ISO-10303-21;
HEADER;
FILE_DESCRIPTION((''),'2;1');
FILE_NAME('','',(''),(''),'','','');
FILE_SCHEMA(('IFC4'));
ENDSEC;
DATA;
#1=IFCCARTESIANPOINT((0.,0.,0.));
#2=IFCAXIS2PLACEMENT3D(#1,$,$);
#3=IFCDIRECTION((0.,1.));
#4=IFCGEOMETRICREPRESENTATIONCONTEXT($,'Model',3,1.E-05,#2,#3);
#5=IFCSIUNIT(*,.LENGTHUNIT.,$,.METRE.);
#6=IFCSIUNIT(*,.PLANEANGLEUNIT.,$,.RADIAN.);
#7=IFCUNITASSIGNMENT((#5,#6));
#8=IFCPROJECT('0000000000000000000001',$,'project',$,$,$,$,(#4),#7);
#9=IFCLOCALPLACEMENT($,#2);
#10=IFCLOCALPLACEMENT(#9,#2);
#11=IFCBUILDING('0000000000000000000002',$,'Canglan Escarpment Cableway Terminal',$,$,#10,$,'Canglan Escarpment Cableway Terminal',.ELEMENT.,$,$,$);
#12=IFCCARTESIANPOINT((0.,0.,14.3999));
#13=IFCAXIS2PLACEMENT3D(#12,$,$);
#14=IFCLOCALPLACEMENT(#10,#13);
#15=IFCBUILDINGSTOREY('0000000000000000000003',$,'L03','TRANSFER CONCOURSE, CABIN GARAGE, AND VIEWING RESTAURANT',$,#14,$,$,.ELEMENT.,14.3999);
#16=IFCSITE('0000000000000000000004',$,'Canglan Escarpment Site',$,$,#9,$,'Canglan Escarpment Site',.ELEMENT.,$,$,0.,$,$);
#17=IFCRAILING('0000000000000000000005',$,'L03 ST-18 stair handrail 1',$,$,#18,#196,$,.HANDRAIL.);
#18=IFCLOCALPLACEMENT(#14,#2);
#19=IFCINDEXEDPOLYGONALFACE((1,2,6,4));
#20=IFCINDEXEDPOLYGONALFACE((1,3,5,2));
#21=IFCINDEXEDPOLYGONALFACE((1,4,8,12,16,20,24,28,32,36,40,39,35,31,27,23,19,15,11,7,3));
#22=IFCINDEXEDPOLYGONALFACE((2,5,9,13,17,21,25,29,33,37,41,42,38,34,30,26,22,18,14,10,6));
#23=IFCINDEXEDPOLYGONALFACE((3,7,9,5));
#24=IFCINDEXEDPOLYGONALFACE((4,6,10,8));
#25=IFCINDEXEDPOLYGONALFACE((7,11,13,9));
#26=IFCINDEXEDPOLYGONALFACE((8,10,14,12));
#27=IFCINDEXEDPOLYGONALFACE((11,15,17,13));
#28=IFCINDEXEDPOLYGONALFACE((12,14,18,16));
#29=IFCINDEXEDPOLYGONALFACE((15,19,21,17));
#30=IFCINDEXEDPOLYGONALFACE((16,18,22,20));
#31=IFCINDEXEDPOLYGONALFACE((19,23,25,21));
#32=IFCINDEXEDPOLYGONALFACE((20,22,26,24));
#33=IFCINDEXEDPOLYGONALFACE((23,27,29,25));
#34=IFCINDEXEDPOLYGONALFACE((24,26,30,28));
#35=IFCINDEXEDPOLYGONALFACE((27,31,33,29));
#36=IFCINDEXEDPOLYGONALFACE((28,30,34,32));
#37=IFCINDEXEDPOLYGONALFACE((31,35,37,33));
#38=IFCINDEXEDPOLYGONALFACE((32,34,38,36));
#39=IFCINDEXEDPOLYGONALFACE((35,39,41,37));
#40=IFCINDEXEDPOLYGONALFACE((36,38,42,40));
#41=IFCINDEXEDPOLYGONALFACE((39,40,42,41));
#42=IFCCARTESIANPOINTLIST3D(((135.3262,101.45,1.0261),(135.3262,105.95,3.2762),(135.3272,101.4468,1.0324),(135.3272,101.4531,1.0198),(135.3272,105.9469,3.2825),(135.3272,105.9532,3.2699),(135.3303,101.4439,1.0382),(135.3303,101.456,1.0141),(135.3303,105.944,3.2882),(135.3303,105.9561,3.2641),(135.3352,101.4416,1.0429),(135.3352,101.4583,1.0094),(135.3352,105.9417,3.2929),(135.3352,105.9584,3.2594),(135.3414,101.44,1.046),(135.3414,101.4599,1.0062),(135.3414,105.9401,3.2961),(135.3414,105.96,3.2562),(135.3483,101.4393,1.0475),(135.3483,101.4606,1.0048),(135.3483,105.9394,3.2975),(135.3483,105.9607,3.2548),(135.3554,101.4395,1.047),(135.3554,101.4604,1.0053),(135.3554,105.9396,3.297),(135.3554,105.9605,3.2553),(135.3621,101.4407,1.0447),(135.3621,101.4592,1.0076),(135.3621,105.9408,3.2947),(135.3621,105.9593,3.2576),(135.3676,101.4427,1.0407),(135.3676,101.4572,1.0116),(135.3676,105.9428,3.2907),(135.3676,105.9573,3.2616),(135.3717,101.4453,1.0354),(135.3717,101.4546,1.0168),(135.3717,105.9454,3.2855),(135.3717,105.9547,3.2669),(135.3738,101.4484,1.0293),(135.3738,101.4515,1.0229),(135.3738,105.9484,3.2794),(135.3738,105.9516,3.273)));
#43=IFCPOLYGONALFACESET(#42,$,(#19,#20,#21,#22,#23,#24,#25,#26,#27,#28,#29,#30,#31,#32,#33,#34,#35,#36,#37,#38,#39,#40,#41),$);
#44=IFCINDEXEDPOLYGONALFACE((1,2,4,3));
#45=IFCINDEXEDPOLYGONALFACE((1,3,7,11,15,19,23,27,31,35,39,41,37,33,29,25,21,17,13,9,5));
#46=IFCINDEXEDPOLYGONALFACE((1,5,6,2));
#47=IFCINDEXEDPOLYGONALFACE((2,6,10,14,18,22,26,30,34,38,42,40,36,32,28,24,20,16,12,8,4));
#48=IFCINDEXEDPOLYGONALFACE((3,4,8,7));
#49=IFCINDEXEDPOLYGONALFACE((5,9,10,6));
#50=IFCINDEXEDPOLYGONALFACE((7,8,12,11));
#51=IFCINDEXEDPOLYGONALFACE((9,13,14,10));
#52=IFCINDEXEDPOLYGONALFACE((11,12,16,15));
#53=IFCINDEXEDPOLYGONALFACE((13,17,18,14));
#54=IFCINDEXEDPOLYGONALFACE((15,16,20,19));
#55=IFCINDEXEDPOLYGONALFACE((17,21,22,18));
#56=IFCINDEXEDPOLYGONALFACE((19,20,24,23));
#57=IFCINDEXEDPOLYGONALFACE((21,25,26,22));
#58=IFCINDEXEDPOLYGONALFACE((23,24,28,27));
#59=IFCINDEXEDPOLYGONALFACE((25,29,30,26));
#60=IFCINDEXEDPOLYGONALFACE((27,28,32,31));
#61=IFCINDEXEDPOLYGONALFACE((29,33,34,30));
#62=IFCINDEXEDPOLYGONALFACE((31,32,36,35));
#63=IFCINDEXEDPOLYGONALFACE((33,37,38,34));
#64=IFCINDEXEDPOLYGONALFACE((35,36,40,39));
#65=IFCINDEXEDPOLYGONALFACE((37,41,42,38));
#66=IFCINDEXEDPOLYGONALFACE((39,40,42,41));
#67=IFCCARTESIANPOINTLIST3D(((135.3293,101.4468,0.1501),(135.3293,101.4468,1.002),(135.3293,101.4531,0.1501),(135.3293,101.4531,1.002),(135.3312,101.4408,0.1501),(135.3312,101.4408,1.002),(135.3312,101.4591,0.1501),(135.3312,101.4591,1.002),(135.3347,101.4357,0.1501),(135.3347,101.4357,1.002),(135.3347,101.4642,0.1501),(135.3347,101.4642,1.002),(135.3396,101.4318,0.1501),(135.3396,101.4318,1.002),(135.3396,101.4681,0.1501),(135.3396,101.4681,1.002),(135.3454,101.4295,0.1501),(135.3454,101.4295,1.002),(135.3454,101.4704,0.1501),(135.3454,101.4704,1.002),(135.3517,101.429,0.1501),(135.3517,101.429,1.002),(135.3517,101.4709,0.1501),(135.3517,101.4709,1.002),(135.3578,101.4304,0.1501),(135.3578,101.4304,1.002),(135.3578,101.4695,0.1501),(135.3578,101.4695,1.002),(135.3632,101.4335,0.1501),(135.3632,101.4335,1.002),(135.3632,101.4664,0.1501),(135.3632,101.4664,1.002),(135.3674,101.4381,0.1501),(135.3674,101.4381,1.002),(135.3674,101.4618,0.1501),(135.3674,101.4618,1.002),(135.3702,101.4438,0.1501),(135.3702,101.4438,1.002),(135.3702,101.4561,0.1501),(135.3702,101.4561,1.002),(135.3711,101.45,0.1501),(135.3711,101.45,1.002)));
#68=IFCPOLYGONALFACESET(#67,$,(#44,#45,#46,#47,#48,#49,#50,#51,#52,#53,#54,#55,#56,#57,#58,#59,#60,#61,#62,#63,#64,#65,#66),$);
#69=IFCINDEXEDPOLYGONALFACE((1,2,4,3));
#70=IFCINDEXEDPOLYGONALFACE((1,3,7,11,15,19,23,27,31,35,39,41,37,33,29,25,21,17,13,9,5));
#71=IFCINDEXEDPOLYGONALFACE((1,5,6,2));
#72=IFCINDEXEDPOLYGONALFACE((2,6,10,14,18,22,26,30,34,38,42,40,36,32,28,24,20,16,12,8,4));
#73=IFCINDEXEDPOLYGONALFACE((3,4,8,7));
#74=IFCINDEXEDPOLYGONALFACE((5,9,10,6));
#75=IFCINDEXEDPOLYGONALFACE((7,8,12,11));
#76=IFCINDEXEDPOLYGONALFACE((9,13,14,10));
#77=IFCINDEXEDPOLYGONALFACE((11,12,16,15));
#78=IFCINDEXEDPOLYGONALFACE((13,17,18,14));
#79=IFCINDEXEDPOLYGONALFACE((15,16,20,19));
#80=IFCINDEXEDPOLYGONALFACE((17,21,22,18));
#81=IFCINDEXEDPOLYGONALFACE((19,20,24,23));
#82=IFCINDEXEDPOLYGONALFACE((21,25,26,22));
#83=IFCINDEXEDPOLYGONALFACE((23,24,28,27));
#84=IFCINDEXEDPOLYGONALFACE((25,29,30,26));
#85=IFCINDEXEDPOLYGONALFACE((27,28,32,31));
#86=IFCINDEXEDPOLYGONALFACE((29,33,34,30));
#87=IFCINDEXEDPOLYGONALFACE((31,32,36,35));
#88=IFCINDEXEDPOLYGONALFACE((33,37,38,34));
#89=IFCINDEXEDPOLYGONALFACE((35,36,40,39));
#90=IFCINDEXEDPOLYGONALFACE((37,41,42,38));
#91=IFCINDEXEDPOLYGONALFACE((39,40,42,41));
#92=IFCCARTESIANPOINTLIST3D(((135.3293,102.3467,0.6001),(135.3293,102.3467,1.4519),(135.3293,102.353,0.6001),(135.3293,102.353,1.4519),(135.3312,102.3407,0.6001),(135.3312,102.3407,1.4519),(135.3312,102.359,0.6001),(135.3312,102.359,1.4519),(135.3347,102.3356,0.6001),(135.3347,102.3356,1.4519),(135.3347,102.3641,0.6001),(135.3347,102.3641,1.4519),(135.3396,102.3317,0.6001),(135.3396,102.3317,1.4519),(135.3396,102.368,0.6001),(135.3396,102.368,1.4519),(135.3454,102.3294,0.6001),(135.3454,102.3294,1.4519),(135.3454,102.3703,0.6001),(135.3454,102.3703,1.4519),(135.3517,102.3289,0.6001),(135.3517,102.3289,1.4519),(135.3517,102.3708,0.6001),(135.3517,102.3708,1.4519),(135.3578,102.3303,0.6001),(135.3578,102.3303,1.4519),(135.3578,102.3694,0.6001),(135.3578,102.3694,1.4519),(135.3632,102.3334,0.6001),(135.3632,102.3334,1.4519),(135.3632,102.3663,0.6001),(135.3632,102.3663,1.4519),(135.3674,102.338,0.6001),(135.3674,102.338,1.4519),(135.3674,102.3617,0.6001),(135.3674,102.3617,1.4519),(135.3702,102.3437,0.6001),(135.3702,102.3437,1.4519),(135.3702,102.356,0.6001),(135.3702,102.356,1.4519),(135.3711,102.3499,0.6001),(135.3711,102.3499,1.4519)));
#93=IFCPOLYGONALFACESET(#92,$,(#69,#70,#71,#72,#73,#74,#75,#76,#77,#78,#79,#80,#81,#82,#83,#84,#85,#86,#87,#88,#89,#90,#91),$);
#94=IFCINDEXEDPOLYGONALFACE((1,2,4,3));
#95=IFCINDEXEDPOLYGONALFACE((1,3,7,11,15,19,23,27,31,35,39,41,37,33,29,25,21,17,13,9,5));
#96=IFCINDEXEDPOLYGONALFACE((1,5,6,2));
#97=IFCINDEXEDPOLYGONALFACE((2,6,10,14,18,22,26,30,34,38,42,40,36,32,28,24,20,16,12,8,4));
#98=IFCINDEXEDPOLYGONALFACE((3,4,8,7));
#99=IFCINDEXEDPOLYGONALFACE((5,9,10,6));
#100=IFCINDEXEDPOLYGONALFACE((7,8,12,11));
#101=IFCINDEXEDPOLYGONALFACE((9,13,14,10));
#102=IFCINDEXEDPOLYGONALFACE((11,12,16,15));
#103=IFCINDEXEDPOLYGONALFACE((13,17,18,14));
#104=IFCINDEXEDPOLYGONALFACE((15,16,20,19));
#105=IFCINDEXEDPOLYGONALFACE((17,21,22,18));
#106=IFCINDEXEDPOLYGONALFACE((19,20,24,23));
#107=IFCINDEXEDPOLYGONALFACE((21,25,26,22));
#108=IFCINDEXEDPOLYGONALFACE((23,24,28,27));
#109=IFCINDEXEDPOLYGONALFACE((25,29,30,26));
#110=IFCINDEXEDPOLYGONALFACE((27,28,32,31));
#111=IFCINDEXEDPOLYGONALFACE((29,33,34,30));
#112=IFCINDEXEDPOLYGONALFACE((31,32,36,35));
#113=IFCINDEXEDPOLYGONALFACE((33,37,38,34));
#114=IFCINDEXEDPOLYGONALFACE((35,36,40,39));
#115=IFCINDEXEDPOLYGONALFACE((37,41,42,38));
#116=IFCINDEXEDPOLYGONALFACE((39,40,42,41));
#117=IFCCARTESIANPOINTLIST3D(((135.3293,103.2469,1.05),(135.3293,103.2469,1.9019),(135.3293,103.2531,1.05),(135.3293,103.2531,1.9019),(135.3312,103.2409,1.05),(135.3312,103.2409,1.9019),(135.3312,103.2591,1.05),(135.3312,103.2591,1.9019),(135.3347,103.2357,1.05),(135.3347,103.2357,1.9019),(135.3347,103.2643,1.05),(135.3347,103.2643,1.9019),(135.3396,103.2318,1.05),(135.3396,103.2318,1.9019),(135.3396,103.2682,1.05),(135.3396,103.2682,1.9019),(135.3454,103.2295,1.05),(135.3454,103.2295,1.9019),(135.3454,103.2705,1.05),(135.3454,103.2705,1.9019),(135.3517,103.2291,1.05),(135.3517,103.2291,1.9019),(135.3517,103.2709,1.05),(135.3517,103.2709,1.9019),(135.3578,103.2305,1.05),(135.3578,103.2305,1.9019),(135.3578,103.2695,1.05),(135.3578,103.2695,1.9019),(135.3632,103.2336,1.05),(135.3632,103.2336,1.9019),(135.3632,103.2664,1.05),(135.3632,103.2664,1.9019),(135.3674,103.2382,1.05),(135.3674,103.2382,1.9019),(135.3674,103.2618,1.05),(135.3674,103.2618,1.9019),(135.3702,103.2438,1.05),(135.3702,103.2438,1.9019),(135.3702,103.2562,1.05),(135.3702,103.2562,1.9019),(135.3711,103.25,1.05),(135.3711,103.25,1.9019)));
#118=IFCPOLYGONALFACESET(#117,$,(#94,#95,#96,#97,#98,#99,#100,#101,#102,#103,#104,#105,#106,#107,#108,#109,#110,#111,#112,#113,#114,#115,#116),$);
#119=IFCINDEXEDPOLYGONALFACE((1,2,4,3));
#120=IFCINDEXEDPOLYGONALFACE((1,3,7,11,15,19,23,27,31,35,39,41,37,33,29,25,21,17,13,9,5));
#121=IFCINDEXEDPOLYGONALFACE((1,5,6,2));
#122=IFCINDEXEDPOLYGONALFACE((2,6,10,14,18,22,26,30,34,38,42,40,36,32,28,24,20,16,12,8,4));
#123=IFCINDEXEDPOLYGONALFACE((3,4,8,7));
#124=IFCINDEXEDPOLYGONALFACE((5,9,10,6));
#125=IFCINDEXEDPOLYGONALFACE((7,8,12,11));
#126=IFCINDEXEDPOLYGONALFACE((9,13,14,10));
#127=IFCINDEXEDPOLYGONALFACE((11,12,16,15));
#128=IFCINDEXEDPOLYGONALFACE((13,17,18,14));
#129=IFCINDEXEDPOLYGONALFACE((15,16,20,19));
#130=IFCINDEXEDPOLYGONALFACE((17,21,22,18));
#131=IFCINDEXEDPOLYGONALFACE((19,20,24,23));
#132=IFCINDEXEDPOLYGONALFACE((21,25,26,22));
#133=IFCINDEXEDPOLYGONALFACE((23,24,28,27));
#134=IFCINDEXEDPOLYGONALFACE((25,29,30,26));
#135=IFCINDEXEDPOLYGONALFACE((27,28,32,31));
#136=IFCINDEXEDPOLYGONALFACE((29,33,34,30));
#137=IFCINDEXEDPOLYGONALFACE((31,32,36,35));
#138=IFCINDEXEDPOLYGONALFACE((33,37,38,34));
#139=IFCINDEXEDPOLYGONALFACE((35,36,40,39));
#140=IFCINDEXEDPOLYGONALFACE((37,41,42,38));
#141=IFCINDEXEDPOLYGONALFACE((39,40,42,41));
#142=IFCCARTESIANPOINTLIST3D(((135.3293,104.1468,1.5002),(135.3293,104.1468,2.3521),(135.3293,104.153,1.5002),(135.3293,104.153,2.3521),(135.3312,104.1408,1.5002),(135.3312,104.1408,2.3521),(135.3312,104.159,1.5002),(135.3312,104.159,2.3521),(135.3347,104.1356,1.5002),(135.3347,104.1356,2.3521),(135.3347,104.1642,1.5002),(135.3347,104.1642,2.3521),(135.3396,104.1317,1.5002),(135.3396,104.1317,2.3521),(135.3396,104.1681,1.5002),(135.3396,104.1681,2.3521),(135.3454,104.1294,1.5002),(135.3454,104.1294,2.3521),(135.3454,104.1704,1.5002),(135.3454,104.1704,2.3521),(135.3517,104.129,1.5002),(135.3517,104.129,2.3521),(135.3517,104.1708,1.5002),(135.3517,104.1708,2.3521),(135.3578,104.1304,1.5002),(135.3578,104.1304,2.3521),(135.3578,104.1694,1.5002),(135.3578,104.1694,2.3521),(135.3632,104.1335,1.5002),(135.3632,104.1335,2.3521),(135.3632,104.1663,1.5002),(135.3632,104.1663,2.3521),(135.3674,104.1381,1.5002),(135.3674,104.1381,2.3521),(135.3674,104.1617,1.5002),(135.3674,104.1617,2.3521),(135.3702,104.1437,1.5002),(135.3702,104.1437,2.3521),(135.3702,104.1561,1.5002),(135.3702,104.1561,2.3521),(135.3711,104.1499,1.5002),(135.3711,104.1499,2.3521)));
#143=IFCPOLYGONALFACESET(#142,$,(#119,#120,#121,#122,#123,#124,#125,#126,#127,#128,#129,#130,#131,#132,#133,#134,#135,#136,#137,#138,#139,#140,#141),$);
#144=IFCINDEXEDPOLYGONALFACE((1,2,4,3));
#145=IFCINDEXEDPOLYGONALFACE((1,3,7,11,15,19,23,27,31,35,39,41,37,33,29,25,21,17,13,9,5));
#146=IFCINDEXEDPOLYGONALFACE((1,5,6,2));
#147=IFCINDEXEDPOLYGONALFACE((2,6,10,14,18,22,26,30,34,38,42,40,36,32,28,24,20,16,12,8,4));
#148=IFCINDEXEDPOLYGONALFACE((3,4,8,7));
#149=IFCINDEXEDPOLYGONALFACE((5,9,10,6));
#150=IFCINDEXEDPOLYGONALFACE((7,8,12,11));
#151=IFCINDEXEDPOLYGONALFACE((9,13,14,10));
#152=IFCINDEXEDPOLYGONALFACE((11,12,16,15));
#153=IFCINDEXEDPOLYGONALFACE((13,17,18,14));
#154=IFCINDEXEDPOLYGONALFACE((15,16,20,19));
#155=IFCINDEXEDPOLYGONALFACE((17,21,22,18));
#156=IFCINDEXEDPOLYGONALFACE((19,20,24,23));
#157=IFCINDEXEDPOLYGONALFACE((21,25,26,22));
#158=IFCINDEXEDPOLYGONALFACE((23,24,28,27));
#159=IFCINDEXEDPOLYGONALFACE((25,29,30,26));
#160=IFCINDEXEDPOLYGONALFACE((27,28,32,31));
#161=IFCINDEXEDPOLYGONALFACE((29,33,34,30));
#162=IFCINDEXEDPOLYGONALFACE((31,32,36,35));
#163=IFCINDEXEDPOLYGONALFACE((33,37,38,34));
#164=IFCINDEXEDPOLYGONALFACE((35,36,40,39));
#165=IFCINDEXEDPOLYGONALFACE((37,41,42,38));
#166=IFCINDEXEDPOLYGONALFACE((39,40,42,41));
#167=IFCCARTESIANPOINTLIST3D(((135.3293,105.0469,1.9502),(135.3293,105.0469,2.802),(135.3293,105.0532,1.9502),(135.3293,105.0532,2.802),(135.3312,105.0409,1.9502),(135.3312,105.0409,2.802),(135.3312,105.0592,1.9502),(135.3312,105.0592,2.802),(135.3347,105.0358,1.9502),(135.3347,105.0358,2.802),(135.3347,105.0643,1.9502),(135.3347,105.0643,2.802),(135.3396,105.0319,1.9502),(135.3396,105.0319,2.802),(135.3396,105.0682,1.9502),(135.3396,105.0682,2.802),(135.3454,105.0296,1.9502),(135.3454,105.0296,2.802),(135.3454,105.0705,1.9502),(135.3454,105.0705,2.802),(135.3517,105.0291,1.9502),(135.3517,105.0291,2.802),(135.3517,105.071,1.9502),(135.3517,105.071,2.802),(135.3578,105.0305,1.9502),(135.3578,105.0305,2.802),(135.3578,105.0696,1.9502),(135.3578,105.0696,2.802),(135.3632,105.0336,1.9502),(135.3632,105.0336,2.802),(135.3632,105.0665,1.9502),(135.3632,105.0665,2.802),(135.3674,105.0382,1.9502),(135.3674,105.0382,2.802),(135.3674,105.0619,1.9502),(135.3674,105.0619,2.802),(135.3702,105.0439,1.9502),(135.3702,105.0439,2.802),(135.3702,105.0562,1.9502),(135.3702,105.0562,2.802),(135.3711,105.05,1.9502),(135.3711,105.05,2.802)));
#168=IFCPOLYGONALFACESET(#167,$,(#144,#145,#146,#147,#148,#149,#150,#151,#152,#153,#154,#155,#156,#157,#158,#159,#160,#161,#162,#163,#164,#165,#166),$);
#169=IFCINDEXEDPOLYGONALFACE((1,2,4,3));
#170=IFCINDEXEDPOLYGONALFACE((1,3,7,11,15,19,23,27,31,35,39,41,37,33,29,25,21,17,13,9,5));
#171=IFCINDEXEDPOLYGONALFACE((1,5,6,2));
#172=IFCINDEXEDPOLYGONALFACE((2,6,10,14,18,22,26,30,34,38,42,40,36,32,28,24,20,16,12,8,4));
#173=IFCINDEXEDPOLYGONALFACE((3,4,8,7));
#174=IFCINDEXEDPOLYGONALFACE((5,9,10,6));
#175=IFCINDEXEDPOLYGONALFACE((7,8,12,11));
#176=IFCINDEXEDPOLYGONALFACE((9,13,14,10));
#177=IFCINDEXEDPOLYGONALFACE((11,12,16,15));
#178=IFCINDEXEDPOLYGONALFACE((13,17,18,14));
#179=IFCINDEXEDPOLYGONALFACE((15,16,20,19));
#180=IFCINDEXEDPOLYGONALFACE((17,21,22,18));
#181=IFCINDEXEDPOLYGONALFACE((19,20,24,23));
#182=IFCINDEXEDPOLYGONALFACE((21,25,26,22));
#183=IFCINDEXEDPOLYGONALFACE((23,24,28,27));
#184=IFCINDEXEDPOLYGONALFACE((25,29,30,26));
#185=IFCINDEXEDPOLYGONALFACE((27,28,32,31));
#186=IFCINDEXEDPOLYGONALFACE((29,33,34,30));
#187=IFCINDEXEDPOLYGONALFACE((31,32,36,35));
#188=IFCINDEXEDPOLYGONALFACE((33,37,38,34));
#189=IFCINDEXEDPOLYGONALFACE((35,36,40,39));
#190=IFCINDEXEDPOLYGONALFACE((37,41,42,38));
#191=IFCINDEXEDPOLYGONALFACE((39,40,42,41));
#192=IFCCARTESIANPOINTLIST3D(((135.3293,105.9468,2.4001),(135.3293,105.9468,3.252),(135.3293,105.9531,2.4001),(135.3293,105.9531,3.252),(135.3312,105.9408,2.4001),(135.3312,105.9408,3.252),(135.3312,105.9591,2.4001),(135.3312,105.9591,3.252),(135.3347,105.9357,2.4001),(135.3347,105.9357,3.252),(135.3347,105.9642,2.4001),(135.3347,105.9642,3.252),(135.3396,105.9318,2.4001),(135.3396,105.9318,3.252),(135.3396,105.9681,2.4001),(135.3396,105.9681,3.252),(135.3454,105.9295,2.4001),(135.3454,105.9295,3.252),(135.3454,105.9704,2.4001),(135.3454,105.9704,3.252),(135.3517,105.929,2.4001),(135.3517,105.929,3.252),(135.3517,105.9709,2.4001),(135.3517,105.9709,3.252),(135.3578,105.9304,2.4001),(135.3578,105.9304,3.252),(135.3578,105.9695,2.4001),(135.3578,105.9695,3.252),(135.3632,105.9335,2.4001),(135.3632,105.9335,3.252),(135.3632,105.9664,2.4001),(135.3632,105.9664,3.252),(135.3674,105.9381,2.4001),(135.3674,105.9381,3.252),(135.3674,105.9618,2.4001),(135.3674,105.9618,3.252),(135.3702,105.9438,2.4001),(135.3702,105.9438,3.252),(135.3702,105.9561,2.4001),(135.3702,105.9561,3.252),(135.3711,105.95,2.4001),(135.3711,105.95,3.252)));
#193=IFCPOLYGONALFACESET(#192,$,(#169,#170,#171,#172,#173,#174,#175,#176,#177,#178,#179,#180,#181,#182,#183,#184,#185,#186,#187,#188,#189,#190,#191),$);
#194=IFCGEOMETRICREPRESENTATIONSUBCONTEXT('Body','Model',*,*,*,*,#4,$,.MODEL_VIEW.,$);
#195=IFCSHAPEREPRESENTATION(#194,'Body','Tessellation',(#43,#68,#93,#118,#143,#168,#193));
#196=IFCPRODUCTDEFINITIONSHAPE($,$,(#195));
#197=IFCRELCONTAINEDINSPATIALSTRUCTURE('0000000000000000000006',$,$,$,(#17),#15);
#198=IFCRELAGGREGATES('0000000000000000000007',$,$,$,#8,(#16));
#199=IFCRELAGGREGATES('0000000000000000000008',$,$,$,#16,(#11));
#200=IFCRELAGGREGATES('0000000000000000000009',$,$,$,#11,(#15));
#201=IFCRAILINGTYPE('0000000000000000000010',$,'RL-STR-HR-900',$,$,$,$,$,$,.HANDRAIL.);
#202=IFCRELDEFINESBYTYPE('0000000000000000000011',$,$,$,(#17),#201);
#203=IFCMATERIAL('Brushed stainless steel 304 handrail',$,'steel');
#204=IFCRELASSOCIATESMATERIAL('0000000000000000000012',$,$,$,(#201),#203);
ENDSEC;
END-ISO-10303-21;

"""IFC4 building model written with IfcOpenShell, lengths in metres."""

from ifc_helpers import new_model, si_unit, direction, frame, origin, origin_2d, place, context, subcontext, project, spatial, circle, extrude, material, type_object, element, save


model = new_model("IFC4")

# Units and contexts
model_context = context("Model", 3, precision=1e-05, world=origin(), true_north=direction((0.0, 1.0)))
body_context = subcontext(model_context, "Body", "Model", "MODEL_VIEW")
ifc_project = project(units=[si_unit("LENGTHUNIT", "METRE"), si_unit("PLANEANGLEUNIT", "RADIAN")], contexts=[model_context])

# Site, building, storey
site_placement = place(None, origin())
site = spatial("IfcSite", under=ifc_project, at=site_placement, Name="Canglan Escarpment Site", LongName="Canglan Escarpment Site", CompositionType="ELEMENT", RefElevation=0.0)
building_placement = place(site_placement, origin())
building = spatial("IfcBuilding", under=site, at=building_placement, Name="Canglan Escarpment Cableway Terminal", LongName="Canglan Escarpment Cableway Terminal", CompositionType="ELEMENT")
storey_placement = place(building_placement, frame((0.0, 0.0, 14.3999)))
storey = spatial("IfcBuildingStorey", under=building, at=storey_placement, Name="L03", Description="TRANSFER CONCOURSE, CABIN GARAGE, AND VIEWING RESTAURANT", CompositionType="ELEMENT", Elevation=14.3999)

# Railing
ifc_material_1 = material(Name="Brushed stainless steel 304 handrail", Category="steel")
railing_type = type_object("IfcRailingType", Name="RL-STR-HR-900", PredefinedType="HANDRAIL", material=ifc_material_1)
railing_placement = place(storey_placement, frame((135.3501, 101.45, 0.1501)))
element("IfcRailing", 1, at=railing_placement, inside=storey, type_object=railing_type, Name="L03 ST-18 stair handrail 1", PredefinedType="HANDRAIL", context=body_context, shape_type="SweptSolid", body=[
    extrude(circle(Radius=0.0239, at=origin_2d()), frame((0.0, 0.0, 0.876), z_axis=(0.0, 0.894427, 0.447214), x_axis=(-1.0, 0.0, 0.0)), (0.0, 0.0, 1.0), 5.0312),
    extrude(circle(Radius=0.021, at=origin_2d()), origin(), (0.0, 0.0, 1.0), 0.8518),
    extrude(circle(Radius=0.021, at=origin_2d()), frame((0.0, 0.8999, 0.45)), (0.0, 0.0, 1.0), 0.8518),
    extrude(circle(Radius=0.021, at=origin_2d()), frame((0.0, 1.8, 0.8999)), (0.0, 0.0, 1.0), 0.8518),
    extrude(circle(Radius=0.021, at=origin_2d()), frame((0.0, 2.7, 1.3501)), (0.0, 0.0, 1.0), 0.8518),
    extrude(circle(Radius=0.021, at=origin_2d()), frame((0.0, 3.6001, 1.8)), (0.0, 0.0, 1.0), 0.8518),
    extrude(circle(Radius=0.021, at=origin_2d()), frame((0.0, 4.5, 2.25)), (0.0, 0.0, 1.0), 0.8518),
])

save(model, "model.ifc")
